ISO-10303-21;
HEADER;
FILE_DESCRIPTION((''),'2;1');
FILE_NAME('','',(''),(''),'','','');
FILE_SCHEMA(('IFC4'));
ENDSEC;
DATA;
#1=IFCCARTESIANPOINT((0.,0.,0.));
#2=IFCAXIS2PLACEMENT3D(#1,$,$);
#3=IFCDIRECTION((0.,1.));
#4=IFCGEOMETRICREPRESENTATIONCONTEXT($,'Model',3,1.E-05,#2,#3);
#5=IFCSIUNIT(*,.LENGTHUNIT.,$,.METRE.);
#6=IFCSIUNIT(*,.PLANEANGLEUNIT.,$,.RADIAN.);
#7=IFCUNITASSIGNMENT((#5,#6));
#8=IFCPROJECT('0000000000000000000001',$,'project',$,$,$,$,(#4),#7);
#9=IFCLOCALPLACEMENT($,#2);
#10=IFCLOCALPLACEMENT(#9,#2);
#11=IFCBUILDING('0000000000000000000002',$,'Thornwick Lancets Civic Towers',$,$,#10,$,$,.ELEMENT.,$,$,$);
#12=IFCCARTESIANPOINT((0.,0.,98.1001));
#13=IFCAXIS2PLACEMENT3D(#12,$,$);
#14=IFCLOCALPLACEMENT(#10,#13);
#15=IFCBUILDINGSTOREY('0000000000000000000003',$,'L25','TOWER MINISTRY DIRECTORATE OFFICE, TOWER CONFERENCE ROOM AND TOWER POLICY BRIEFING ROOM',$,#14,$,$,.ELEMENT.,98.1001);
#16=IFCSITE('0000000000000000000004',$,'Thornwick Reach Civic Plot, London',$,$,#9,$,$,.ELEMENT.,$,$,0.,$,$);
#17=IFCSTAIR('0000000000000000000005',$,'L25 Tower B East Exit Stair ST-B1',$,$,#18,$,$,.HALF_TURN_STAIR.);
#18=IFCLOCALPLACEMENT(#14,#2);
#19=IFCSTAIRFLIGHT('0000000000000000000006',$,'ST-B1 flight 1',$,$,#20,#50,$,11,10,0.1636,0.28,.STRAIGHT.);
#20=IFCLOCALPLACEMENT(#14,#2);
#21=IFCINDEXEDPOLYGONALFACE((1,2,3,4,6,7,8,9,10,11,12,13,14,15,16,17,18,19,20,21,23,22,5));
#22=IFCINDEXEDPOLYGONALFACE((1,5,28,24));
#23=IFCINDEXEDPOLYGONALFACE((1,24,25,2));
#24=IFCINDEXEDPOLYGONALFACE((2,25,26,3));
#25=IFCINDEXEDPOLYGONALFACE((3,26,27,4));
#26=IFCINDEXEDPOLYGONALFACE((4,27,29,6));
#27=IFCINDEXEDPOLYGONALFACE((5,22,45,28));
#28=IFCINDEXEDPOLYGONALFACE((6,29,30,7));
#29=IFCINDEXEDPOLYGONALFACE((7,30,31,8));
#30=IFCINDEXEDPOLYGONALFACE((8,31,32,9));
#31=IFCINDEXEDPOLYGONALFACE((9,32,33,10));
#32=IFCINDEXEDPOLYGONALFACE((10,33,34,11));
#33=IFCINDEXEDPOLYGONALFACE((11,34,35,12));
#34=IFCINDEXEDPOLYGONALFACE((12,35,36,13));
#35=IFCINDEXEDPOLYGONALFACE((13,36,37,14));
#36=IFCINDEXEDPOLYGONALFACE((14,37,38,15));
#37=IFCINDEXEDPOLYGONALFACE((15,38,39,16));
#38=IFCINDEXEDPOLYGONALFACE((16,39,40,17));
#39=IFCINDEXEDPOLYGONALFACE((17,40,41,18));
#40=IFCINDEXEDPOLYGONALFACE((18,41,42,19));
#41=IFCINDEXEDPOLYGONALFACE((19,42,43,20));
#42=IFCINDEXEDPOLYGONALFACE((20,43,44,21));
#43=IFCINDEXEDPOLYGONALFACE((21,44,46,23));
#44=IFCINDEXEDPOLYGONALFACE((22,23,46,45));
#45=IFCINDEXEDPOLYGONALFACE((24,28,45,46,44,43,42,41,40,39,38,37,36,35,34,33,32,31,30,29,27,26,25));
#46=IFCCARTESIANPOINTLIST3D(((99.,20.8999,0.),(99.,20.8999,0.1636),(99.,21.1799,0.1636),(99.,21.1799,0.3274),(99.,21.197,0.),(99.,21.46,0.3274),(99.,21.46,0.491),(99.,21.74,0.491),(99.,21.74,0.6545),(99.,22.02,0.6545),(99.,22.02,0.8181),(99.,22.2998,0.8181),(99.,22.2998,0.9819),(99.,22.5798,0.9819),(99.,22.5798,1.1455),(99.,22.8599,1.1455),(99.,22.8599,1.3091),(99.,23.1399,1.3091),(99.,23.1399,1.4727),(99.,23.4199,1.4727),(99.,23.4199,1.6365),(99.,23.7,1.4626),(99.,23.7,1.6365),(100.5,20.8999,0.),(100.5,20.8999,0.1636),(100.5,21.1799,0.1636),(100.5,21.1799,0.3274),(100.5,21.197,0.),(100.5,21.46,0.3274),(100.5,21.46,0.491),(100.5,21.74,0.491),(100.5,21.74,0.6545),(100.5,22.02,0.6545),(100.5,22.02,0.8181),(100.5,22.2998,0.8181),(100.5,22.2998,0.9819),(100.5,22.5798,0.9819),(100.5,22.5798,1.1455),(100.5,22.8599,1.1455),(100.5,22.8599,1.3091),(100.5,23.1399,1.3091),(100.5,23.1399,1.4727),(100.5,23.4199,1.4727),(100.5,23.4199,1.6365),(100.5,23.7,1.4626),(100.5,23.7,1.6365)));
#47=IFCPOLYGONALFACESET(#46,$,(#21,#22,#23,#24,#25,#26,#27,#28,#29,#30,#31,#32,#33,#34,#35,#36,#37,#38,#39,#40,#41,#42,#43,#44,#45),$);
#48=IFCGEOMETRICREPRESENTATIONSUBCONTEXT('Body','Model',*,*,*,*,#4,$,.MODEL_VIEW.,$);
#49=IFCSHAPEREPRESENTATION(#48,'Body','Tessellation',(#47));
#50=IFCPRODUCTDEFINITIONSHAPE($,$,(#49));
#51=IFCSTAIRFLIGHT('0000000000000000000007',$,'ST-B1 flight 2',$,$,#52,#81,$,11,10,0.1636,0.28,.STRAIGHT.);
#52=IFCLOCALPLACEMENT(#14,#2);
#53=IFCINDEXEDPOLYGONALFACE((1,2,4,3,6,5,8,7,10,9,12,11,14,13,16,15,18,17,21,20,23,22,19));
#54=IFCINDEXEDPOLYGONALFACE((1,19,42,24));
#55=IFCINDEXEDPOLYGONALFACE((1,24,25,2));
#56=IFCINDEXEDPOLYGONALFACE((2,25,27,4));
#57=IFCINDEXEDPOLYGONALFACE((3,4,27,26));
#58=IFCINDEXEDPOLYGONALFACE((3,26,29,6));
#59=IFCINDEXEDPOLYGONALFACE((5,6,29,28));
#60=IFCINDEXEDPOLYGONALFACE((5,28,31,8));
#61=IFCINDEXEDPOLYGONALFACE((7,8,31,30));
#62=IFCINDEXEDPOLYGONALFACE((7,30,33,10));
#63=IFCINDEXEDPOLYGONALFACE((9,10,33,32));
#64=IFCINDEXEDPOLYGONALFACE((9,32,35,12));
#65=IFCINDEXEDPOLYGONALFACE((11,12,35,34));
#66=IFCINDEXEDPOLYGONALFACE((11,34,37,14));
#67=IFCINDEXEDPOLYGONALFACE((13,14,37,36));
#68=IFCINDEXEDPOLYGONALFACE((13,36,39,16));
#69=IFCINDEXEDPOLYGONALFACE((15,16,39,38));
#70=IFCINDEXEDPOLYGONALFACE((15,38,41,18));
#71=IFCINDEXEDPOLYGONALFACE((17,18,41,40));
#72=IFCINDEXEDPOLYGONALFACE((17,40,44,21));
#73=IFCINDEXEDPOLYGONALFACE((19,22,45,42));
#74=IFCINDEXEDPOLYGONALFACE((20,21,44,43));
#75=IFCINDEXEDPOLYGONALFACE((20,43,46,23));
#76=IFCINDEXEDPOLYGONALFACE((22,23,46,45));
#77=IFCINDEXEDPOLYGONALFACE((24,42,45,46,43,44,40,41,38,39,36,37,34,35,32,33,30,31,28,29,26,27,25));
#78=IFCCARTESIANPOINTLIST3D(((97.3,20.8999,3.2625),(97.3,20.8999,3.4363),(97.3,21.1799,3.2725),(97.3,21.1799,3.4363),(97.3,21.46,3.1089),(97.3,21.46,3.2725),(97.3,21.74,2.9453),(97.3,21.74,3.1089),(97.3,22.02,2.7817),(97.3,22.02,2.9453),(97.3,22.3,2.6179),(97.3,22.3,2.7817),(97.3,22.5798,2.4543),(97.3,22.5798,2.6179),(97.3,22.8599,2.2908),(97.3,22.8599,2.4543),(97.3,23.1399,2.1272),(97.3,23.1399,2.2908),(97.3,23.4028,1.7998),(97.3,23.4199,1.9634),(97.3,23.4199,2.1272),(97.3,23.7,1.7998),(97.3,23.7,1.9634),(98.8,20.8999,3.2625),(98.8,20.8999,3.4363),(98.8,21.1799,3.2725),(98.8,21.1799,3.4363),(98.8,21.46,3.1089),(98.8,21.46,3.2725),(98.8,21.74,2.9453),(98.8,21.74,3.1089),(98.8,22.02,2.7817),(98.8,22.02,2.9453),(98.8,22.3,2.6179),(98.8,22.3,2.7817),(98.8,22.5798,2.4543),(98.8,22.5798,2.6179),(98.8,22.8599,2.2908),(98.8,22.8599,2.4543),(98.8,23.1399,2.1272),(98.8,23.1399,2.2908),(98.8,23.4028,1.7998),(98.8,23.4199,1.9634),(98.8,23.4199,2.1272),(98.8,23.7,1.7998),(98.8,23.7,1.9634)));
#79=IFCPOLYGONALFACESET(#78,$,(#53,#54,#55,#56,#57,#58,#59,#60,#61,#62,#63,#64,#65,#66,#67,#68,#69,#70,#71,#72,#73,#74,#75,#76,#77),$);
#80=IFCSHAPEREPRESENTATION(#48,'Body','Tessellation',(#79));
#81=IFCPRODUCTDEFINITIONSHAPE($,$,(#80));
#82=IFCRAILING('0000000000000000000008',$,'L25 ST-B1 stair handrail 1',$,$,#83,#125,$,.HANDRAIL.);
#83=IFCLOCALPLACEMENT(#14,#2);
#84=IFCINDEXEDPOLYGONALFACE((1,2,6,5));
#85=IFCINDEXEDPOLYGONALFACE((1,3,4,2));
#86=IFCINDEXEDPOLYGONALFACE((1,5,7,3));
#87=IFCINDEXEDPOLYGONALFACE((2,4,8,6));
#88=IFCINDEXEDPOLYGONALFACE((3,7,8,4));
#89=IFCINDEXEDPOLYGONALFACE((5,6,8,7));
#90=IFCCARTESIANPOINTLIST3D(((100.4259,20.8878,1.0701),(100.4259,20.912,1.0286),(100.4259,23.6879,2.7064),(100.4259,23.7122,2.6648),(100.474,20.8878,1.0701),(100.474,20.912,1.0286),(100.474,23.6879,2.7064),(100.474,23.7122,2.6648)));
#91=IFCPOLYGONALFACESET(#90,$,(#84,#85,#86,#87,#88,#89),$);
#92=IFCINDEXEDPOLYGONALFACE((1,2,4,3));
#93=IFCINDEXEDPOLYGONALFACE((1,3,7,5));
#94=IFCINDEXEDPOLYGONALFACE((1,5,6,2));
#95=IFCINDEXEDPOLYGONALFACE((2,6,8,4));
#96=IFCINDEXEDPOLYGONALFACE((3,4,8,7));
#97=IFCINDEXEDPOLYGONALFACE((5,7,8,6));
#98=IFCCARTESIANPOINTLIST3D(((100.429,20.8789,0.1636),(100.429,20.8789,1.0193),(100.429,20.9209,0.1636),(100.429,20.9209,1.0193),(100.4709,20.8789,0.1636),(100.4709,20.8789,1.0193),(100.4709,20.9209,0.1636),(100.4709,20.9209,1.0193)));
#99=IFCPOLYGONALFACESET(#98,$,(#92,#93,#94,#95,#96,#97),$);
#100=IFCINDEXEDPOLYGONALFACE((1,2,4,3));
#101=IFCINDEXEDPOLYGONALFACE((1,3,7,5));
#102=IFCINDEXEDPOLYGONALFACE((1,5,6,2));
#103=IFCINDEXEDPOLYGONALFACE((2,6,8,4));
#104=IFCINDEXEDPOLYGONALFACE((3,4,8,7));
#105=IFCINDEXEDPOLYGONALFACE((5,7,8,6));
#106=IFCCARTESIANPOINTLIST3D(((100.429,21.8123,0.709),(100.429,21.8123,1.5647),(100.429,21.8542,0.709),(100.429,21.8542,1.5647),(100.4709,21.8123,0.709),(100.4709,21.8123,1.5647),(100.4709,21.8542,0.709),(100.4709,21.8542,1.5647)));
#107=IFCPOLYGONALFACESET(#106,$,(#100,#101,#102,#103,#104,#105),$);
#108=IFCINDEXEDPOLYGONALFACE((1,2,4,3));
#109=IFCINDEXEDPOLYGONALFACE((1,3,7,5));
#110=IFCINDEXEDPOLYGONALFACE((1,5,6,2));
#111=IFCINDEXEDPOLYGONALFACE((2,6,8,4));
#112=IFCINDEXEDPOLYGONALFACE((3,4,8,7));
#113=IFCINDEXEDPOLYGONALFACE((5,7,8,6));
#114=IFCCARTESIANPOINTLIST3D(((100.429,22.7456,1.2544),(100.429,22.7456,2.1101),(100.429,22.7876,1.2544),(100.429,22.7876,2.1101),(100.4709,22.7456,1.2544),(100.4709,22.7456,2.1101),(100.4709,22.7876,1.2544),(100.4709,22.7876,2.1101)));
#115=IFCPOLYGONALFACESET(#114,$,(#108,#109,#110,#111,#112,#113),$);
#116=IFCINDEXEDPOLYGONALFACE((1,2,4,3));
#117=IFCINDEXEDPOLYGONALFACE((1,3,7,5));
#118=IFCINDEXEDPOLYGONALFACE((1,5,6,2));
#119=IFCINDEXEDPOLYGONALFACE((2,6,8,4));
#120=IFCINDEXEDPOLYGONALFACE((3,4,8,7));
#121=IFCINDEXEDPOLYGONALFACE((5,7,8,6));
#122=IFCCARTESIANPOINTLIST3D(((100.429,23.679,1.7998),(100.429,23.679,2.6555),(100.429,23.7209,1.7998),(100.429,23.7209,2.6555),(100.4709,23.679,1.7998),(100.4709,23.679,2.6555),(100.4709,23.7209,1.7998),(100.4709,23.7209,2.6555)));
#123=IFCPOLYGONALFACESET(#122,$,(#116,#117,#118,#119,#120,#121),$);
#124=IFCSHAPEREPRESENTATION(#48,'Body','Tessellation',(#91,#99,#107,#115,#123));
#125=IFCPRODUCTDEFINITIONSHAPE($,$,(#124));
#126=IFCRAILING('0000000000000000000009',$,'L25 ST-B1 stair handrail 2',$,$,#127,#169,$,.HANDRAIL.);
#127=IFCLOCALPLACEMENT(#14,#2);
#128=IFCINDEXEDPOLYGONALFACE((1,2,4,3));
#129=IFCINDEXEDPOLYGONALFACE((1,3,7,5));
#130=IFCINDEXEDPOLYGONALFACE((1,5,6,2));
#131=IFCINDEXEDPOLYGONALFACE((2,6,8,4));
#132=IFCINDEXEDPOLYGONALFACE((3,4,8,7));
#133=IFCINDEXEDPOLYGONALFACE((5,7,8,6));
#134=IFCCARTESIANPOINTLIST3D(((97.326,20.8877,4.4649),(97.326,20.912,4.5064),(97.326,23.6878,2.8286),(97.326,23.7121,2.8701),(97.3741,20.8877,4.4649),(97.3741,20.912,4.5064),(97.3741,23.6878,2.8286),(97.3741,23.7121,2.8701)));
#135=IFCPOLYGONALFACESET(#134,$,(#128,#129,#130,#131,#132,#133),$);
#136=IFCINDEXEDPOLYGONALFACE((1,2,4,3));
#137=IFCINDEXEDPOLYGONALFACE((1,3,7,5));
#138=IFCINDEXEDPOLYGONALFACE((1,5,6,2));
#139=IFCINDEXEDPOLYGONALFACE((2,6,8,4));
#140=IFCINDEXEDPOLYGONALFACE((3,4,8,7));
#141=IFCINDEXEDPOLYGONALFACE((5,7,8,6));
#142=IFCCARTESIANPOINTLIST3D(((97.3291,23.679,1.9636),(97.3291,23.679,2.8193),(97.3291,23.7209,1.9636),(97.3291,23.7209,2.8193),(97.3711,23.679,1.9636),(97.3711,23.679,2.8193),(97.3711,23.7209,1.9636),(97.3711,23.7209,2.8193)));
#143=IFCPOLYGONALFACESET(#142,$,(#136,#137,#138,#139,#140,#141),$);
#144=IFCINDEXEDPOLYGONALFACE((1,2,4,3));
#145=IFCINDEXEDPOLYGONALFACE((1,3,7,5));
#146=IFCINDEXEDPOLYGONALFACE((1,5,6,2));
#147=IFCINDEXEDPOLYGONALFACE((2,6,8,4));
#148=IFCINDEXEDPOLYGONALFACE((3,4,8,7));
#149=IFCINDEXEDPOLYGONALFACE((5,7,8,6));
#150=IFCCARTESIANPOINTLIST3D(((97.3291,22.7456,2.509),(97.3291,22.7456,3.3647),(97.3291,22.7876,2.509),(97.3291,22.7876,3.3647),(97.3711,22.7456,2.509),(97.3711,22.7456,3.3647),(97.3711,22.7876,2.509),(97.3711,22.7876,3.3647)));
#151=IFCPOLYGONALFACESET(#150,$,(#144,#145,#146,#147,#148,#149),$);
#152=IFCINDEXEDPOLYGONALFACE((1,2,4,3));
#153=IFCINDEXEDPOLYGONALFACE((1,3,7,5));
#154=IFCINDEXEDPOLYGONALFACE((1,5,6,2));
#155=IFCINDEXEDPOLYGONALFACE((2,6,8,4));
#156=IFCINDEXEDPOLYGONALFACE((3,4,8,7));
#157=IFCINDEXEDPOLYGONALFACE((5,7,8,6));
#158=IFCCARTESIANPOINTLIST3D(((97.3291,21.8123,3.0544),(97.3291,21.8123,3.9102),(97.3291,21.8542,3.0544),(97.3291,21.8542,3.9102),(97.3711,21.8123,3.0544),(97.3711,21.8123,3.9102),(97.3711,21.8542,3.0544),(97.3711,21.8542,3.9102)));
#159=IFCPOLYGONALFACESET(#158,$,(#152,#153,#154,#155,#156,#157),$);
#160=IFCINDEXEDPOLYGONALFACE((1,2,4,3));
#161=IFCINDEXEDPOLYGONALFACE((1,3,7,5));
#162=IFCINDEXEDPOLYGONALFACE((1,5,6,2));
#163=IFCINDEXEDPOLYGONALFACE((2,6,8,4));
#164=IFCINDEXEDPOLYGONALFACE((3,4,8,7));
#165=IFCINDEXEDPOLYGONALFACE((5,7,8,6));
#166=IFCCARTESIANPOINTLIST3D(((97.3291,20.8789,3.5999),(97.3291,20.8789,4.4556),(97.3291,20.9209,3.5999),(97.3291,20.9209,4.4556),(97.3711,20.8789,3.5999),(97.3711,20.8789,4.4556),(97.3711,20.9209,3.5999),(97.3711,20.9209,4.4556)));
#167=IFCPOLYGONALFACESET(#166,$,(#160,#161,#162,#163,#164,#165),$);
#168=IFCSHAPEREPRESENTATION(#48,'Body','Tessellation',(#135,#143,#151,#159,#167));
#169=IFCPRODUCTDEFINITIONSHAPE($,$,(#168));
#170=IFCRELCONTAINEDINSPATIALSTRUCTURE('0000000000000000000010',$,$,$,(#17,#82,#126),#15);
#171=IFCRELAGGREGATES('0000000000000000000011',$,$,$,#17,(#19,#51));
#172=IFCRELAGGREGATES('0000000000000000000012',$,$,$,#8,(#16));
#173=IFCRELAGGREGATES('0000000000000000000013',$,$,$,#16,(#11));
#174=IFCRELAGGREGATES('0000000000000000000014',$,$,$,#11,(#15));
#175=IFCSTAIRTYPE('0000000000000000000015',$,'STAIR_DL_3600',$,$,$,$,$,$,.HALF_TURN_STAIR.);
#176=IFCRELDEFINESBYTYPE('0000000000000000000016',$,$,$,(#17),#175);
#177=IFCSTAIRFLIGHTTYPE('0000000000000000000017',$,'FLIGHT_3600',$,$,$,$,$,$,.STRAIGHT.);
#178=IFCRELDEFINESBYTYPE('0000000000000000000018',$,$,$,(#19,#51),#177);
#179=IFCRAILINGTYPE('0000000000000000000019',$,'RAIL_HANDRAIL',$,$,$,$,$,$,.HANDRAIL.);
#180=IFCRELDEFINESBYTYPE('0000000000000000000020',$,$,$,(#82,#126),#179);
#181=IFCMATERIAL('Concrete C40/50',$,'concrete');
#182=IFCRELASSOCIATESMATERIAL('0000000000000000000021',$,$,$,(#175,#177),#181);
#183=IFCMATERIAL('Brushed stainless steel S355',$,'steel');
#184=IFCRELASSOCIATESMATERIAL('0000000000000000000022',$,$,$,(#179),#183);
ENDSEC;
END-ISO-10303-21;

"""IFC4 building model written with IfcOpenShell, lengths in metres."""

from ifc_helpers import new_model, si_unit, direction, frame, origin, origin_2d, place, context, subcontext, project, spatial, polyline, rectangle, outline, extrude, material, type_object, element, aggregate, save


model = new_model("IFC4")

# Units and contexts
model_context = context("Model", 3, precision=1e-05, world=origin(), true_north=direction((0.0, 1.0)))
body_context = subcontext(model_context, "Body", "Model", "MODEL_VIEW")
ifc_project = project(units=[si_unit("LENGTHUNIT", "METRE"), si_unit("PLANEANGLEUNIT", "RADIAN")], contexts=[model_context])

# Site, building, storey
site_placement = place(None, origin())
site = spatial("IfcSite", under=ifc_project, at=site_placement, Name="Thornwick Reach Civic Plot, London", CompositionType="ELEMENT", RefElevation=0.0)
building_placement = place(site_placement, origin())
building = spatial("IfcBuilding", under=site, at=building_placement, Name="Thornwick Lancets Civic Towers", CompositionType="ELEMENT")
storey_placement = place(building_placement, frame((0.0, 0.0, 98.1001)))
storey = spatial("IfcBuildingStorey", under=building, at=storey_placement, Name="L25", Description="TOWER MINISTRY DIRECTORATE OFFICE, TOWER CONFERENCE ROOM AND TOWER POLICY BRIEFING ROOM", CompositionType="ELEMENT", Elevation=98.1001)

# Shared definitions
ifc_material_1 = material(Name="Concrete C40/50", Category="concrete")

# Stair, stair flights
stair_type = type_object("IfcStairType", Name="STAIR_DL_3600", PredefinedType="HALF_TURN_STAIR", material=ifc_material_1)
stair_placement = place(storey_placement, origin())
stair = element("IfcStair", 1, at=stair_placement, inside=storey, type_object=stair_type, Name="L25 Tower B East Exit Stair ST-B1", PredefinedType="HALF_TURN_STAIR")
stair_flight_type = type_object("IfcStairFlightType", Name="FLIGHT_3600", PredefinedType="STRAIGHT", material=ifc_material_1)
stair_flight_1_placement = place(storey_placement, frame((99.75, 20.8999, 0.0), z_axis=(0.0, 0.0, 1.0), x_axis=(0.0, 1.0, 0.0)))
stair_flight_1 = element("IfcStairFlight", 2, at=stair_flight_1_placement, type_object=stair_flight_type, Name="ST-B1 flight 1", NumberOfRisers=11, NumberOfTreads=10, PredefinedType="STRAIGHT", RiserHeight=0.1636, TreadLength=0.28, context=body_context, shape_type="SweptSolid", body=[
    extrude(outline(polyline([(0.0, 0.0), (0.0, 0.1636), (0.28, 0.1636), (0.28, 0.3274), (0.5601, 0.3274), (0.5601, 0.491), (0.8401, 0.491), (0.8401, 0.6545), (1.1201, 0.6545), (1.1201, 0.8181), (1.3999, 0.8181), (1.3999, 0.9819), (1.6799, 0.9819), (1.6799, 1.1455), (1.96, 1.1455), (1.96, 1.3091), (2.24, 1.3091), (2.24, 1.4727), (2.52, 1.4727), (2.52, 1.6365), (2.8, 1.6365), (2.8, 1.8), (2.8, 1.4626), (0.2971, 0.0), (0.0, 0.0)])), frame((0.0, 0.75, 0.0), z_axis=(0.0, -1.0, 0.0), x_axis=(1.0, 0.0, 0.0)), (0.0, 0.0, 1.0), 1.5),
])
stair_flight_2_placement = place(storey_placement, frame((98.05, 23.7, 1.7998), z_axis=(0.0, 0.0, 1.0), x_axis=(0.0, -1.0, 0.0)))
stair_flight_2 = element("IfcStairFlight", 3, at=stair_flight_2_placement, type_object=stair_flight_type, Name="ST-B1 flight 2", NumberOfRisers=11, NumberOfTreads=10, PredefinedType="STRAIGHT", RiserHeight=0.1636, TreadLength=0.28, context=body_context, shape_type="SweptSolid", body=[
    extrude(outline(polyline([(0.0, 0.0), (0.0, 0.1636), (0.28, 0.1636), (0.28, 0.3274), (0.5601, 0.3274), (0.5601, 0.491), (0.8401, 0.491), (0.8401, 0.6545), (1.1201, 0.6545), (1.1201, 0.8181), (1.3999, 0.8181), (1.3999, 0.9819), (1.6799, 0.9819), (1.6799, 1.1455), (1.96, 1.1455), (1.96, 1.3091), (2.24, 1.3091), (2.24, 1.4727), (2.52, 1.4727), (2.52, 1.6365), (2.8, 1.6365), (2.8, 1.8), (2.8, 1.4626), (0.2971, 0.0), (0.0, 0.0)])), frame((0.0, 0.75, 0.0), z_axis=(0.0, -1.0, 0.0), x_axis=(1.0, 0.0, 0.0)), (0.0, 0.0, 1.0), 1.5),
])
aggregate(stair, [stair_flight_1, stair_flight_2])

# Railings
ifc_material_2 = material(Name="Brushed stainless steel S355", Category="steel")
railing_type_1 = type_object("IfcRailingType", Name="RAIL_HANDRAIL", PredefinedType="HANDRAIL", material=ifc_material_2)
railing_1_placement = place(storey_placement, frame((100.45, 20.8999, 0.1636)))
element("IfcRailing", 4, at=railing_1_placement, inside=storey, type_object=railing_type_1, Name="L25 ST-B1 stair handrail 1", PredefinedType="HANDRAIL", context=body_context, shape_type="SweptSolid", body=[
    extrude(rectangle(XDim=0.0481, YDim=0.0481, at=origin_2d()), frame((0.0, 0.0, 0.8857), z_axis=(0.0, 0.863394, 0.504531), x_axis=(-1.0, 0.0, 0.0)), (0.0, 0.0, 1.0), 3.2432),
    extrude(rectangle(XDim=0.042, YDim=0.042, at=origin_2d()), origin(), (0.0, 0.0, 1.0), 0.8557),
    extrude(rectangle(XDim=0.042, YDim=0.042, at=origin_2d()), frame((0.0, 0.9333, 0.5454)), (0.0, 0.0, 1.0), 0.8557),
    extrude(rectangle(XDim=0.042, YDim=0.042, at=origin_2d()), frame((0.0, 1.8667, 1.0908)), (0.0, 0.0, 1.0), 0.8557),
    extrude(rectangle(XDim=0.042, YDim=0.042, at=origin_2d()), frame((0.0, 2.8, 1.6362)), (0.0, 0.0, 1.0), 0.8557),
])
railing_2_placement = place(storey_placement, frame((97.3501, 23.7, 1.9636)))
element("IfcRailing", 5, at=railing_2_placement, inside=storey, type_object=railing_type_1, Name="L25 ST-B1 stair handrail 2", PredefinedType="HANDRAIL", context=body_context, shape_type="SweptSolid", body=[
    extrude(rectangle(XDim=0.0481, YDim=0.0481, at=origin_2d()), frame((0.0, 0.0, 0.8857), z_axis=(0.0, -0.863394, 0.504531), x_axis=(1.0, 0.0, 0.0)), (0.0, 0.0, 1.0), 3.2432),
    extrude(rectangle(XDim=0.042, YDim=0.042, at=origin_2d()), origin(), (0.0, 0.0, 1.0), 0.8557),
    extrude(rectangle(XDim=0.042, YDim=0.042, at=origin_2d()), frame((0.0, -0.9333, 0.5454)), (0.0, 0.0, 1.0), 0.8557),
    extrude(rectangle(XDim=0.042, YDim=0.042, at=origin_2d()), frame((0.0, -1.8667, 1.0908)), (0.0, 0.0, 1.0), 0.8557),
    extrude(rectangle(XDim=0.042, YDim=0.042, at=origin_2d()), frame((0.0, -2.8, 1.6362)), (0.0, 0.0, 1.0), 0.8557),
])

save(model, "model.ifc")
